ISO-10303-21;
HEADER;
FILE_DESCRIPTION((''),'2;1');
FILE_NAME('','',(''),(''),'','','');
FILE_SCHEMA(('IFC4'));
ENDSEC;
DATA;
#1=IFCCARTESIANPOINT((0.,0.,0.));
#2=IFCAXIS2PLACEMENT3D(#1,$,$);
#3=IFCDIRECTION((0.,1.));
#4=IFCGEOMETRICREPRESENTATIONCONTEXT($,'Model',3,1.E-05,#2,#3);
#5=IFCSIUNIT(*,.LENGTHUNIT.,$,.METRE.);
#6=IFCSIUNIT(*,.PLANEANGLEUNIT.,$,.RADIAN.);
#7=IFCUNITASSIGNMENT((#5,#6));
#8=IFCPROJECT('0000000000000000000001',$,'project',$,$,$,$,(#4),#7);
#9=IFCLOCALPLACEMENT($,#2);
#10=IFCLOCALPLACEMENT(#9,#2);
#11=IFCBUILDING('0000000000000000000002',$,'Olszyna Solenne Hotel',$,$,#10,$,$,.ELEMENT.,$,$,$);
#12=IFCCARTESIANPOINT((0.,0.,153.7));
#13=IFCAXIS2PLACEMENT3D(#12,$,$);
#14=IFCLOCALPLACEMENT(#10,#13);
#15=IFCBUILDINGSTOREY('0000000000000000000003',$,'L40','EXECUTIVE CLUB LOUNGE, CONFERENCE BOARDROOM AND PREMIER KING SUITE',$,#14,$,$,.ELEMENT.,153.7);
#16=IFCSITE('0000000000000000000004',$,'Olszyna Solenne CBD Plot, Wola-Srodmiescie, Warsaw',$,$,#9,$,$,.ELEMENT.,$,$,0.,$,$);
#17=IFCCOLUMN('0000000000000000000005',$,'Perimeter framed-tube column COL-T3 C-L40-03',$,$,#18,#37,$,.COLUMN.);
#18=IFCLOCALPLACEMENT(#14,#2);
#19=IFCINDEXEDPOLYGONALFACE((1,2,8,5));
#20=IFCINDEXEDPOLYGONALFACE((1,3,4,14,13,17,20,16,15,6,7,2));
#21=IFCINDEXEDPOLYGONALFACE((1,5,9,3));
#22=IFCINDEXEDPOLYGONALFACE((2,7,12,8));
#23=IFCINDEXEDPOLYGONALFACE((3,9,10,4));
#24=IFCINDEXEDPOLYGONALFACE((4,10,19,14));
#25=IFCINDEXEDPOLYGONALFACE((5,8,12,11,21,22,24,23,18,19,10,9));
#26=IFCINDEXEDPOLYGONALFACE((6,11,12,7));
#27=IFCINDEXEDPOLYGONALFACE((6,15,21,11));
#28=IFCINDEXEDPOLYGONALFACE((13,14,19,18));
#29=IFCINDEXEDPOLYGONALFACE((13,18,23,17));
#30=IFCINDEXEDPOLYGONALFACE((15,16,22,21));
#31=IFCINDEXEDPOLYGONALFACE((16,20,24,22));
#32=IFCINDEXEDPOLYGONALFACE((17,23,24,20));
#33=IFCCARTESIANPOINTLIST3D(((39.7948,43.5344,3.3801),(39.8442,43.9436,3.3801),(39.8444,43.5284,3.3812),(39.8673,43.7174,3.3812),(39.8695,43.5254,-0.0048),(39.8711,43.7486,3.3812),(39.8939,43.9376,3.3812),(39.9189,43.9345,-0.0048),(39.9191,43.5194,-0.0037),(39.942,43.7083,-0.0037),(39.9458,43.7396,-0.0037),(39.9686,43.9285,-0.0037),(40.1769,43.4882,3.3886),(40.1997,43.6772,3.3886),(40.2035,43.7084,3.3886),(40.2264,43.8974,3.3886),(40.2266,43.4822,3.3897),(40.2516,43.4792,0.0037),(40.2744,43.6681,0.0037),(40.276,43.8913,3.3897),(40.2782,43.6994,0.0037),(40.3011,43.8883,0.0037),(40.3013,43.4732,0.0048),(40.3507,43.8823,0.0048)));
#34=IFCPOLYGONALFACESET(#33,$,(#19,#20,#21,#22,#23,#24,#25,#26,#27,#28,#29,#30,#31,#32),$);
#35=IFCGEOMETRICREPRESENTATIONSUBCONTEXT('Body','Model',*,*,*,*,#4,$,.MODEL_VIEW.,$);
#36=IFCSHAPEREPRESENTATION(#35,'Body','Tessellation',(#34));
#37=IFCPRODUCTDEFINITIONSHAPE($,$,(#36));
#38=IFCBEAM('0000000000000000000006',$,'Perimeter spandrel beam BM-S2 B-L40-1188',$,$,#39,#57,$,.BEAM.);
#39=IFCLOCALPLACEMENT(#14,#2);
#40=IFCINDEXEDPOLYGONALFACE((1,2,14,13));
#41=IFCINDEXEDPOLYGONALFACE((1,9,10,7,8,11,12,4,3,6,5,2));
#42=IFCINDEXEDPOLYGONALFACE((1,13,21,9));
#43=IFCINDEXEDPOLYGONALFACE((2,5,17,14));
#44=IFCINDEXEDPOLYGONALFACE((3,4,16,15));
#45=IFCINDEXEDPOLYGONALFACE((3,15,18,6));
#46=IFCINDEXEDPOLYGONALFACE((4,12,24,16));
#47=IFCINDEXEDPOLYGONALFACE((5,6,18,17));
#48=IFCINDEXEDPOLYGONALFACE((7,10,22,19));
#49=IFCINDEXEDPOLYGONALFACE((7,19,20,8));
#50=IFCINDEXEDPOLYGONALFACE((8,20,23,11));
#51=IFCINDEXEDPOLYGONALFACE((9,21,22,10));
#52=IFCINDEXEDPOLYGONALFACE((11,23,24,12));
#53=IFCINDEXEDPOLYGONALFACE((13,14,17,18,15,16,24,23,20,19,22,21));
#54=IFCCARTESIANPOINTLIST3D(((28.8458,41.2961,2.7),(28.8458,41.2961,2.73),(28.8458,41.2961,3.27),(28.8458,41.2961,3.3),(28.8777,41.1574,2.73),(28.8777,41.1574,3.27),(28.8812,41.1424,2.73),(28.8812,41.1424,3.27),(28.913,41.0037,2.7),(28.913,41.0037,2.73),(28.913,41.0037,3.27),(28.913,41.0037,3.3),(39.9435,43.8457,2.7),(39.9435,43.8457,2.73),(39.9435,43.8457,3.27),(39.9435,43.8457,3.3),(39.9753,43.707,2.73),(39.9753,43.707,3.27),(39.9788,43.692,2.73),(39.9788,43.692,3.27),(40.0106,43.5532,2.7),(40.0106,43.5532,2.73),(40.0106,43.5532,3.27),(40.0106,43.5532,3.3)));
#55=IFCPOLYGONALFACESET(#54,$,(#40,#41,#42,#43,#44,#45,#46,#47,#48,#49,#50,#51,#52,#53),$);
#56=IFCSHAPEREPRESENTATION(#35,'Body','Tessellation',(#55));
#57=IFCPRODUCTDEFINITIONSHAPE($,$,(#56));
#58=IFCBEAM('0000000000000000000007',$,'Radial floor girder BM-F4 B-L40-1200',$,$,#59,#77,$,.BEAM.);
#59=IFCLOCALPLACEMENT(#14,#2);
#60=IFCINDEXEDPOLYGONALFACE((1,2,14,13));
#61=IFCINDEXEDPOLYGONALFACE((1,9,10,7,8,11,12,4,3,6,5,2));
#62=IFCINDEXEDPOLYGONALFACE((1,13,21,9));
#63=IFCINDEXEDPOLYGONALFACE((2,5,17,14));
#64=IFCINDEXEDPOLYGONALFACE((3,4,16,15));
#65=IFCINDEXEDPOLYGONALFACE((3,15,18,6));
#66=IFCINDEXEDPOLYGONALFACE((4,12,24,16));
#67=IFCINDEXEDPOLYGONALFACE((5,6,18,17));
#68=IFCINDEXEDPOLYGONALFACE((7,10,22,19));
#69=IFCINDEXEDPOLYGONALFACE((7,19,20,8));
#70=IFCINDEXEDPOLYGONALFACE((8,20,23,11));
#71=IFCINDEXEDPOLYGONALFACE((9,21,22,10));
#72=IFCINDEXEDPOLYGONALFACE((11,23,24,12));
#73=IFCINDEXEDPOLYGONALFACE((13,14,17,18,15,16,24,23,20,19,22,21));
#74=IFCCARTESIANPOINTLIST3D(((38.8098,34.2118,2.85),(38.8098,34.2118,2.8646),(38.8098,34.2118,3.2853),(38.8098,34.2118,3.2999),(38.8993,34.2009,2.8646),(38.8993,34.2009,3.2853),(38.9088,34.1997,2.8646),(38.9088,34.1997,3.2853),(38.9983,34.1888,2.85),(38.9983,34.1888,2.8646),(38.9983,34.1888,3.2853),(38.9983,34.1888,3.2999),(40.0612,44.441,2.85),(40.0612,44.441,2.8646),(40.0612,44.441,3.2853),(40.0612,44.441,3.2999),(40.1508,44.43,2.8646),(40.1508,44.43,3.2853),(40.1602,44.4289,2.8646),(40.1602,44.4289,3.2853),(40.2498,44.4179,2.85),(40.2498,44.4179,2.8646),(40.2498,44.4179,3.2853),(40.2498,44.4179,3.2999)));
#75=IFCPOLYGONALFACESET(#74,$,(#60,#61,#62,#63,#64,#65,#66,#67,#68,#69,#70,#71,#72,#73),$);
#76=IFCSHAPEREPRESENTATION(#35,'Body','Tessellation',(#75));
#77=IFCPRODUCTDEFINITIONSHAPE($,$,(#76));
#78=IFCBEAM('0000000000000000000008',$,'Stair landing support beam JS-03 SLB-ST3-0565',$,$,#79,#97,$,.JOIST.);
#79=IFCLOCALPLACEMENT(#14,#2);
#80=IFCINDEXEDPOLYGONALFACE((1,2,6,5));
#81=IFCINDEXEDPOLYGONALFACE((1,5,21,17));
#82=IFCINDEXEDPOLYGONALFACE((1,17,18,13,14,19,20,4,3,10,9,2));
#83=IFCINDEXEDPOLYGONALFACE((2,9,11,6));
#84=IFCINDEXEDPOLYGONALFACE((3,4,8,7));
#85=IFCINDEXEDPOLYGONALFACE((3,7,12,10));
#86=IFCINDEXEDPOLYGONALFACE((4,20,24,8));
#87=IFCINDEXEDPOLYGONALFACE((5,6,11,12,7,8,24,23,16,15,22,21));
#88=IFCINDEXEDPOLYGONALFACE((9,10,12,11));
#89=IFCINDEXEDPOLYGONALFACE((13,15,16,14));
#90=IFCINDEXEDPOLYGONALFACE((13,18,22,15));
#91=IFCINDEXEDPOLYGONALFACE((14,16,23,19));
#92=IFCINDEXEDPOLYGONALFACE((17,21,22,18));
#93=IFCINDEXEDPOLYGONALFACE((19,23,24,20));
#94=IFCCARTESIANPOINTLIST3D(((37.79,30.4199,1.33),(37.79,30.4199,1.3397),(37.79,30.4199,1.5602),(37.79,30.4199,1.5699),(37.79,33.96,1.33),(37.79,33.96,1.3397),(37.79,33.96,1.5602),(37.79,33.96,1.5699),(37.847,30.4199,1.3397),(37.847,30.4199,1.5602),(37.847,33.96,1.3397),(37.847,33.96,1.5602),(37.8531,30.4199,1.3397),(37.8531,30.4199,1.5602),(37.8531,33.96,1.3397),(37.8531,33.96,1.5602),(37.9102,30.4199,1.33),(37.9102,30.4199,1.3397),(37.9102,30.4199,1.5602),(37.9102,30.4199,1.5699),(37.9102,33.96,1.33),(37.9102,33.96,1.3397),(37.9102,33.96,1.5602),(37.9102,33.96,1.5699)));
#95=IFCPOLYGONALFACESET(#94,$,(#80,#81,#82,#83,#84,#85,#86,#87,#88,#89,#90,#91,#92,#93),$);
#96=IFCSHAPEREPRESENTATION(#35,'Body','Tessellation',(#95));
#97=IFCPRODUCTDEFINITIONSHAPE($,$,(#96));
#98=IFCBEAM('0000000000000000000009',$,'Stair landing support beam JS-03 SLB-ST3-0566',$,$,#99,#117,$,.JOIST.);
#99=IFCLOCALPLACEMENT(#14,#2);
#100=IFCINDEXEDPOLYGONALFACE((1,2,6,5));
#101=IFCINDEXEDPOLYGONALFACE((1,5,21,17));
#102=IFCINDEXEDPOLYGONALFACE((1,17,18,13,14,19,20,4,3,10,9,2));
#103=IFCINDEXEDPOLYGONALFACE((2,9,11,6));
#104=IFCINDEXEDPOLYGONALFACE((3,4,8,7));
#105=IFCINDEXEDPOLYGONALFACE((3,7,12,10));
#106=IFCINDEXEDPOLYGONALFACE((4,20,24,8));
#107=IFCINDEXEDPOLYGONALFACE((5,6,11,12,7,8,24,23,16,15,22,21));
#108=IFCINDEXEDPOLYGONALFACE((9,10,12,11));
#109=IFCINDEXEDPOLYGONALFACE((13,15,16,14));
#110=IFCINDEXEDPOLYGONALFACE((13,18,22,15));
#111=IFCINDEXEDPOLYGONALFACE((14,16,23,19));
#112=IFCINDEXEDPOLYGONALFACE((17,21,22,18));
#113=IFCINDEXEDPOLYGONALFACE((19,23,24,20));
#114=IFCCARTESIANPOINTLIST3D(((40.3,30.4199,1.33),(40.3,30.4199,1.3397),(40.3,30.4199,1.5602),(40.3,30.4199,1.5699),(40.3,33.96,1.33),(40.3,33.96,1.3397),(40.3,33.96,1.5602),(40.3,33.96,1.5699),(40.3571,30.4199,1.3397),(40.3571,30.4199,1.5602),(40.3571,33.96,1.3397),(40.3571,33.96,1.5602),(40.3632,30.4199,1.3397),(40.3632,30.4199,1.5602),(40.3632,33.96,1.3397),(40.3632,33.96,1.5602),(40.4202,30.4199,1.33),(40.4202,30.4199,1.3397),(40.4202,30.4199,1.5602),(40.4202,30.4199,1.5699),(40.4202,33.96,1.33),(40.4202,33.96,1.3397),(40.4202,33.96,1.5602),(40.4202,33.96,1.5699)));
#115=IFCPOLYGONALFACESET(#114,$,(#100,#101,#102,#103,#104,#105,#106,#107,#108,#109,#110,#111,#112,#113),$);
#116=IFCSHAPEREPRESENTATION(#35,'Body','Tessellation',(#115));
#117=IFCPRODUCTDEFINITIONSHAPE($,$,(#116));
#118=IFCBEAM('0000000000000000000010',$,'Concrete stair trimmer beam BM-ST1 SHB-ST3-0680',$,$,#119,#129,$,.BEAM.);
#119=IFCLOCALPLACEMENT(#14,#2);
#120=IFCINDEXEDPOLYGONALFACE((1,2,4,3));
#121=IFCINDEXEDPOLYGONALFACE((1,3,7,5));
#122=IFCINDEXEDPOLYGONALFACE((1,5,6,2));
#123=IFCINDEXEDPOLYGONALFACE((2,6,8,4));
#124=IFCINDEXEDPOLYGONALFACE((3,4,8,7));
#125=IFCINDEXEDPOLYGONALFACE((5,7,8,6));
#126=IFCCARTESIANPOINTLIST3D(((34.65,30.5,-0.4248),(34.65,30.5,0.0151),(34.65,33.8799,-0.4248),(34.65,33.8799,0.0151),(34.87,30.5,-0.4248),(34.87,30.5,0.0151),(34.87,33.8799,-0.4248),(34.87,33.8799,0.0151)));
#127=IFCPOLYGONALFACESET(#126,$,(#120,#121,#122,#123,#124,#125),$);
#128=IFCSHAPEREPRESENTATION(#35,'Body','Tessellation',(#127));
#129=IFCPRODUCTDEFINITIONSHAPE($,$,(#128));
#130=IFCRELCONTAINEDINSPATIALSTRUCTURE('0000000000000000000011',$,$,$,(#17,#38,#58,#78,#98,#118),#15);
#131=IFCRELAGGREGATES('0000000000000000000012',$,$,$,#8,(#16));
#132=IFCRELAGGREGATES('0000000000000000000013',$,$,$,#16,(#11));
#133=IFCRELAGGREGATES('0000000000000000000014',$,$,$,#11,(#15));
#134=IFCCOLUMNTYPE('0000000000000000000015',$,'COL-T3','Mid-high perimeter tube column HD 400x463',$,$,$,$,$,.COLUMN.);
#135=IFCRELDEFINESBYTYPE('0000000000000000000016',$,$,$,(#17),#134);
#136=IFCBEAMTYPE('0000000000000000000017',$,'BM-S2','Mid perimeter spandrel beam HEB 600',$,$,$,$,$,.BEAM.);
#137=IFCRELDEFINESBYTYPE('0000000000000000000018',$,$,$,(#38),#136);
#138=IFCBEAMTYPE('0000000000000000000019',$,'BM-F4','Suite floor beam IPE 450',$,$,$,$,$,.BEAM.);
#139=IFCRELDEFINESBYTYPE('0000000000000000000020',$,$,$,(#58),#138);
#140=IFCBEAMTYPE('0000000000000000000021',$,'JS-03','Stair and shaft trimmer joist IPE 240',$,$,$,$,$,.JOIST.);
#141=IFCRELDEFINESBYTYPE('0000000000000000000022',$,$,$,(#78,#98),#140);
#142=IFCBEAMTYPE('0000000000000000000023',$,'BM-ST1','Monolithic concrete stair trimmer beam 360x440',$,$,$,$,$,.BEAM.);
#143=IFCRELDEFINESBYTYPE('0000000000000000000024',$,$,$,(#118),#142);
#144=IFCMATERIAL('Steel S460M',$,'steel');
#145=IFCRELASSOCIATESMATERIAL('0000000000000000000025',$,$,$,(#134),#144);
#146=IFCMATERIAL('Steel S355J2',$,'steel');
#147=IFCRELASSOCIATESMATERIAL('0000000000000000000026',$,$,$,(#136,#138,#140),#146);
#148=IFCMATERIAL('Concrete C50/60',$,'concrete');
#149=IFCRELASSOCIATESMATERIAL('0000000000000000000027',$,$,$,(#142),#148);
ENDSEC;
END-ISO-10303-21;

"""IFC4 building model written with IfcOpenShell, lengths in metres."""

from ifc_helpers import new_model, si_unit, direction, frame, origin, origin_2d, place, context, subcontext, project, spatial, rectangle, i_section, extrude, source, transform, mapped, material, material_profile, profile_set, type_object, element, save


model = new_model("IFC4")

# Units and contexts
model_context = context("Model", 3, precision=1e-05, world=origin(), true_north=direction((0.0, 1.0)))
body_context = subcontext(model_context, "Body", "Model", "MODEL_VIEW")
ifc_project = project(units=[si_unit("LENGTHUNIT", "METRE"), si_unit("PLANEANGLEUNIT", "RADIAN")], contexts=[model_context])

# Site, building, storey
site_placement = place(None, origin())
site = spatial("IfcSite", under=ifc_project, at=site_placement, Name="Olszyna Solenne CBD Plot, Wola-Srodmiescie, Warsaw", CompositionType="ELEMENT", RefElevation=0.0)
building_placement = place(site_placement, origin())
building = spatial("IfcBuilding", under=site, at=building_placement, Name="Olszyna Solenne Hotel", CompositionType="ELEMENT")
storey_placement = place(building_placement, frame((0.0, 0.0, 153.7)))
storey = spatial("IfcBuildingStorey", under=building, at=storey_placement, Name="L40", Description="EXECUTIVE CLUB LOUNGE, CONFERENCE BOARDROOM AND PREMIER KING SUITE", CompositionType="ELEMENT", Elevation=153.7)

# Column
ifc_material_1 = material(Name="Steel S460M", Category="steel")
ifc_material_profile_1 = material_profile(ifc_material_1, i_section(OverallWidth=0.4121, OverallDepth=0.4351, WebThickness=0.0315, FlangeThickness=0.05, at=origin_2d()), Name="HD 400x463", Category="load-bearing")
ifc_profile_set_1 = profile_set([ifc_material_profile_1], Name="Steel S460M")
column_type = type_object("IfcColumnType", Name="COL-T3", Description="Mid-high perimeter tube column HD 400x463", PredefinedType="COLUMN", material=ifc_profile_set_1)
shared_shape_1 = source(origin(), body_context, "Body", "SweptSolid", [
    extrude(i_section(OverallWidth=0.4121, OverallDepth=0.4351, WebThickness=0.0315, FlangeThickness=0.05, at=origin_2d()), origin(), (0.0, 0.0, 1.0), 3.3857),
])
column_placement = place(storey_placement, frame((40.1101, 43.7039, 0.0), z_axis=(-0.022065, 0.002668, 0.999753), x_axis=(-0.120041, -0.992769, 0.0)))
element("IfcColumn", 1, at=column_placement, inside=storey, type_object=column_type, Name="Perimeter framed-tube column COL-T3 C-L40-03", PredefinedType="COLUMN", context=body_context, shape_type="MappedRepresentation", body=[
    mapped(shared_shape_1, transform((0.0, 0.0, 0.0), x_axis=(1.0, 0.0, 0.0), y_axis=(0.0, 1.0, 0.0), z_axis=(0.0, 0.0, 1.0), scale=1.0)),
])

# Beams
ifc_material_2 = material(Name="Steel S355J2", Category="steel")
ifc_material_profile_2 = material_profile(ifc_material_2, i_section(OverallWidth=0.3, OverallDepth=0.6001, WebThickness=0.0154, FlangeThickness=0.03, at=origin_2d()), Name="HEB 600", Category="load-bearing")
ifc_profile_set_2 = profile_set([ifc_material_profile_2], Name="Steel S355J2")
beam_type_1 = type_object("IfcBeamType", Name="BM-S2", Description="Mid perimeter spandrel beam HEB 600", PredefinedType="BEAM", material=ifc_profile_set_2)
shared_shape_2 = source(origin(), body_context, "Body", "SweptSolid", [
    extrude(i_section(OverallWidth=0.3, OverallDepth=0.6001, WebThickness=0.0154, FlangeThickness=0.03, at=origin_2d()), origin(), (0.0, 0.0, 1.0), 11.3867),
])
beam_1_placement = place(storey_placement, frame((39.9771, 43.6995, 3.0), z_axis=(-0.974611, -0.223906, 0.0), x_axis=(0.223906, -0.974611, 0.0)))
element("IfcBeam", 2, at=beam_1_placement, inside=storey, type_object=beam_type_1, Name="Perimeter spandrel beam BM-S2 B-L40-1188", PredefinedType="BEAM", context=body_context, shape_type="MappedRepresentation", body=[
    mapped(shared_shape_2, transform((0.0, 0.0, 0.0), x_axis=(1.0, 0.0, 0.0), y_axis=(0.0, 1.0, 0.0), z_axis=(0.0, 0.0, 1.0), scale=1.0)),
])
ifc_material_profile_3 = material_profile(ifc_material_2, i_section(OverallWidth=0.1899, OverallDepth=0.45, WebThickness=0.0095, FlangeThickness=0.0146, at=origin_2d()), Name="IPE 450", Category="load-bearing")
ifc_profile_set_3 = profile_set([ifc_material_profile_3], Name="Steel S355J2")
beam_type_2 = type_object("IfcBeamType", Name="BM-F4", Description="Suite floor beam IPE 450", PredefinedType="BEAM", material=ifc_profile_set_3)
shared_shape_3 = source(origin(), body_context, "Body", "SweptSolid", [
    extrude(i_section(OverallWidth=0.1899, OverallDepth=0.45, WebThickness=0.0095, FlangeThickness=0.0146, at=origin_2d()), origin(), (0.0, 0.0, 1.0), 10.3054),
])
beam_2_placement = place(storey_placement, frame((40.1555, 44.4294, 3.075), z_axis=(-0.121436, -0.992599, 0.0), x_axis=(0.992599, -0.121436, 0.0)))
element("IfcBeam", 3, at=beam_2_placement, inside=storey, type_object=beam_type_2, Name="Radial floor girder BM-F4 B-L40-1200", PredefinedType="BEAM", context=body_context, shape_type="MappedRepresentation", body=[
    mapped(shared_shape_3, transform((0.0, 0.0, 0.0), x_axis=(1.0, 0.0, 0.0), y_axis=(0.0, 1.0, 0.0), z_axis=(0.0, 0.0, 1.0), scale=1.0)),
])
ifc_material_profile_4 = material_profile(ifc_material_2, i_section(OverallWidth=0.1201, OverallDepth=0.24, WebThickness=0.0061, FlangeThickness=0.0098, at=origin_2d()), Name="IPE 240", Category="load-bearing")
ifc_profile_set_4 = profile_set([ifc_material_profile_4], Name="Steel S355J2")
beam_type_3 = type_object("IfcBeamType", Name="JS-03", Description="Stair and shaft trimmer joist IPE 240", PredefinedType="JOIST", material=ifc_profile_set_4)
shared_shape_4 = source(origin(), body_context, "Body", "SweptSolid", [
    extrude(i_section(OverallWidth=0.1201, OverallDepth=0.24, WebThickness=0.0061, FlangeThickness=0.0098, at=origin_2d()), origin(), (0.0, 0.0, 1.0), 3.54),
])
for number, where, z_axis, x_axis, name in (
    (4, (37.8501, 30.4199, 1.45), (0.0, 1.0, 0.0), (-1.0, 0.0, 0.0), "Stair landing support beam JS-03 SLB-ST3-0565"),
    (5, (40.3601, 30.4199, 1.45), (0.0, 1.0, 0.0), (-1.0, 0.0, 0.0), "Stair landing support beam JS-03 SLB-ST3-0566"),
):
    element("IfcBeam", number, at=place(storey_placement, frame(where, z_axis=z_axis, x_axis=x_axis)), inside=storey, type_object=beam_type_3, Name=name, PredefinedType="JOIST", context=body_context, shape_type="MappedRepresentation", body=[
        mapped(shared_shape_4, transform((0.0, 0.0, 0.0), x_axis=(1.0, 0.0, 0.0), y_axis=(0.0, 1.0, 0.0), z_axis=(0.0, 0.0, 1.0), scale=1.0)),
    ])
ifc_material_3 = material(Name="Concrete C50/60", Category="concrete")
ifc_material_profile_5 = material_profile(ifc_material_3, rectangle(XDim=0.22, YDim=0.4399, at=origin_2d()), Name="RC 220x440", Category="load-bearing")
ifc_profile_set_5 = profile_set([ifc_material_profile_5], Name="Concrete C50/60")
beam_type_4 = type_object("IfcBeamType", Name="BM-ST1", Description="Monolithic concrete stair trimmer beam 360x440", PredefinedType="BEAM", material=ifc_profile_set_5)
shared_shape_5 = source(origin(), body_context, "Body", "SweptSolid", [
    extrude(rectangle(XDim=0.22, YDim=0.4399, at=origin_2d()), origin(), (0.0, 0.0, 1.0), 3.3799),
])
beam_3_placement = place(storey_placement, frame((34.76, 30.5, -0.2048), z_axis=(0.0, 1.0, 0.0), x_axis=(-1.0, 0.0, 0.0)))
element("IfcBeam", 6, at=beam_3_placement, inside=storey, type_object=beam_type_4, Name="Concrete stair trimmer beam BM-ST1 SHB-ST3-0680", PredefinedType="BEAM", context=body_context, shape_type="MappedRepresentation", body=[
    mapped(shared_shape_5, transform((0.0, 0.0, 0.0), x_axis=(1.0, 0.0, 0.0), y_axis=(0.0, 1.0, 0.0), z_axis=(0.0, 0.0, 1.0), scale=1.0)),
])

save(model, "model.ifc")
